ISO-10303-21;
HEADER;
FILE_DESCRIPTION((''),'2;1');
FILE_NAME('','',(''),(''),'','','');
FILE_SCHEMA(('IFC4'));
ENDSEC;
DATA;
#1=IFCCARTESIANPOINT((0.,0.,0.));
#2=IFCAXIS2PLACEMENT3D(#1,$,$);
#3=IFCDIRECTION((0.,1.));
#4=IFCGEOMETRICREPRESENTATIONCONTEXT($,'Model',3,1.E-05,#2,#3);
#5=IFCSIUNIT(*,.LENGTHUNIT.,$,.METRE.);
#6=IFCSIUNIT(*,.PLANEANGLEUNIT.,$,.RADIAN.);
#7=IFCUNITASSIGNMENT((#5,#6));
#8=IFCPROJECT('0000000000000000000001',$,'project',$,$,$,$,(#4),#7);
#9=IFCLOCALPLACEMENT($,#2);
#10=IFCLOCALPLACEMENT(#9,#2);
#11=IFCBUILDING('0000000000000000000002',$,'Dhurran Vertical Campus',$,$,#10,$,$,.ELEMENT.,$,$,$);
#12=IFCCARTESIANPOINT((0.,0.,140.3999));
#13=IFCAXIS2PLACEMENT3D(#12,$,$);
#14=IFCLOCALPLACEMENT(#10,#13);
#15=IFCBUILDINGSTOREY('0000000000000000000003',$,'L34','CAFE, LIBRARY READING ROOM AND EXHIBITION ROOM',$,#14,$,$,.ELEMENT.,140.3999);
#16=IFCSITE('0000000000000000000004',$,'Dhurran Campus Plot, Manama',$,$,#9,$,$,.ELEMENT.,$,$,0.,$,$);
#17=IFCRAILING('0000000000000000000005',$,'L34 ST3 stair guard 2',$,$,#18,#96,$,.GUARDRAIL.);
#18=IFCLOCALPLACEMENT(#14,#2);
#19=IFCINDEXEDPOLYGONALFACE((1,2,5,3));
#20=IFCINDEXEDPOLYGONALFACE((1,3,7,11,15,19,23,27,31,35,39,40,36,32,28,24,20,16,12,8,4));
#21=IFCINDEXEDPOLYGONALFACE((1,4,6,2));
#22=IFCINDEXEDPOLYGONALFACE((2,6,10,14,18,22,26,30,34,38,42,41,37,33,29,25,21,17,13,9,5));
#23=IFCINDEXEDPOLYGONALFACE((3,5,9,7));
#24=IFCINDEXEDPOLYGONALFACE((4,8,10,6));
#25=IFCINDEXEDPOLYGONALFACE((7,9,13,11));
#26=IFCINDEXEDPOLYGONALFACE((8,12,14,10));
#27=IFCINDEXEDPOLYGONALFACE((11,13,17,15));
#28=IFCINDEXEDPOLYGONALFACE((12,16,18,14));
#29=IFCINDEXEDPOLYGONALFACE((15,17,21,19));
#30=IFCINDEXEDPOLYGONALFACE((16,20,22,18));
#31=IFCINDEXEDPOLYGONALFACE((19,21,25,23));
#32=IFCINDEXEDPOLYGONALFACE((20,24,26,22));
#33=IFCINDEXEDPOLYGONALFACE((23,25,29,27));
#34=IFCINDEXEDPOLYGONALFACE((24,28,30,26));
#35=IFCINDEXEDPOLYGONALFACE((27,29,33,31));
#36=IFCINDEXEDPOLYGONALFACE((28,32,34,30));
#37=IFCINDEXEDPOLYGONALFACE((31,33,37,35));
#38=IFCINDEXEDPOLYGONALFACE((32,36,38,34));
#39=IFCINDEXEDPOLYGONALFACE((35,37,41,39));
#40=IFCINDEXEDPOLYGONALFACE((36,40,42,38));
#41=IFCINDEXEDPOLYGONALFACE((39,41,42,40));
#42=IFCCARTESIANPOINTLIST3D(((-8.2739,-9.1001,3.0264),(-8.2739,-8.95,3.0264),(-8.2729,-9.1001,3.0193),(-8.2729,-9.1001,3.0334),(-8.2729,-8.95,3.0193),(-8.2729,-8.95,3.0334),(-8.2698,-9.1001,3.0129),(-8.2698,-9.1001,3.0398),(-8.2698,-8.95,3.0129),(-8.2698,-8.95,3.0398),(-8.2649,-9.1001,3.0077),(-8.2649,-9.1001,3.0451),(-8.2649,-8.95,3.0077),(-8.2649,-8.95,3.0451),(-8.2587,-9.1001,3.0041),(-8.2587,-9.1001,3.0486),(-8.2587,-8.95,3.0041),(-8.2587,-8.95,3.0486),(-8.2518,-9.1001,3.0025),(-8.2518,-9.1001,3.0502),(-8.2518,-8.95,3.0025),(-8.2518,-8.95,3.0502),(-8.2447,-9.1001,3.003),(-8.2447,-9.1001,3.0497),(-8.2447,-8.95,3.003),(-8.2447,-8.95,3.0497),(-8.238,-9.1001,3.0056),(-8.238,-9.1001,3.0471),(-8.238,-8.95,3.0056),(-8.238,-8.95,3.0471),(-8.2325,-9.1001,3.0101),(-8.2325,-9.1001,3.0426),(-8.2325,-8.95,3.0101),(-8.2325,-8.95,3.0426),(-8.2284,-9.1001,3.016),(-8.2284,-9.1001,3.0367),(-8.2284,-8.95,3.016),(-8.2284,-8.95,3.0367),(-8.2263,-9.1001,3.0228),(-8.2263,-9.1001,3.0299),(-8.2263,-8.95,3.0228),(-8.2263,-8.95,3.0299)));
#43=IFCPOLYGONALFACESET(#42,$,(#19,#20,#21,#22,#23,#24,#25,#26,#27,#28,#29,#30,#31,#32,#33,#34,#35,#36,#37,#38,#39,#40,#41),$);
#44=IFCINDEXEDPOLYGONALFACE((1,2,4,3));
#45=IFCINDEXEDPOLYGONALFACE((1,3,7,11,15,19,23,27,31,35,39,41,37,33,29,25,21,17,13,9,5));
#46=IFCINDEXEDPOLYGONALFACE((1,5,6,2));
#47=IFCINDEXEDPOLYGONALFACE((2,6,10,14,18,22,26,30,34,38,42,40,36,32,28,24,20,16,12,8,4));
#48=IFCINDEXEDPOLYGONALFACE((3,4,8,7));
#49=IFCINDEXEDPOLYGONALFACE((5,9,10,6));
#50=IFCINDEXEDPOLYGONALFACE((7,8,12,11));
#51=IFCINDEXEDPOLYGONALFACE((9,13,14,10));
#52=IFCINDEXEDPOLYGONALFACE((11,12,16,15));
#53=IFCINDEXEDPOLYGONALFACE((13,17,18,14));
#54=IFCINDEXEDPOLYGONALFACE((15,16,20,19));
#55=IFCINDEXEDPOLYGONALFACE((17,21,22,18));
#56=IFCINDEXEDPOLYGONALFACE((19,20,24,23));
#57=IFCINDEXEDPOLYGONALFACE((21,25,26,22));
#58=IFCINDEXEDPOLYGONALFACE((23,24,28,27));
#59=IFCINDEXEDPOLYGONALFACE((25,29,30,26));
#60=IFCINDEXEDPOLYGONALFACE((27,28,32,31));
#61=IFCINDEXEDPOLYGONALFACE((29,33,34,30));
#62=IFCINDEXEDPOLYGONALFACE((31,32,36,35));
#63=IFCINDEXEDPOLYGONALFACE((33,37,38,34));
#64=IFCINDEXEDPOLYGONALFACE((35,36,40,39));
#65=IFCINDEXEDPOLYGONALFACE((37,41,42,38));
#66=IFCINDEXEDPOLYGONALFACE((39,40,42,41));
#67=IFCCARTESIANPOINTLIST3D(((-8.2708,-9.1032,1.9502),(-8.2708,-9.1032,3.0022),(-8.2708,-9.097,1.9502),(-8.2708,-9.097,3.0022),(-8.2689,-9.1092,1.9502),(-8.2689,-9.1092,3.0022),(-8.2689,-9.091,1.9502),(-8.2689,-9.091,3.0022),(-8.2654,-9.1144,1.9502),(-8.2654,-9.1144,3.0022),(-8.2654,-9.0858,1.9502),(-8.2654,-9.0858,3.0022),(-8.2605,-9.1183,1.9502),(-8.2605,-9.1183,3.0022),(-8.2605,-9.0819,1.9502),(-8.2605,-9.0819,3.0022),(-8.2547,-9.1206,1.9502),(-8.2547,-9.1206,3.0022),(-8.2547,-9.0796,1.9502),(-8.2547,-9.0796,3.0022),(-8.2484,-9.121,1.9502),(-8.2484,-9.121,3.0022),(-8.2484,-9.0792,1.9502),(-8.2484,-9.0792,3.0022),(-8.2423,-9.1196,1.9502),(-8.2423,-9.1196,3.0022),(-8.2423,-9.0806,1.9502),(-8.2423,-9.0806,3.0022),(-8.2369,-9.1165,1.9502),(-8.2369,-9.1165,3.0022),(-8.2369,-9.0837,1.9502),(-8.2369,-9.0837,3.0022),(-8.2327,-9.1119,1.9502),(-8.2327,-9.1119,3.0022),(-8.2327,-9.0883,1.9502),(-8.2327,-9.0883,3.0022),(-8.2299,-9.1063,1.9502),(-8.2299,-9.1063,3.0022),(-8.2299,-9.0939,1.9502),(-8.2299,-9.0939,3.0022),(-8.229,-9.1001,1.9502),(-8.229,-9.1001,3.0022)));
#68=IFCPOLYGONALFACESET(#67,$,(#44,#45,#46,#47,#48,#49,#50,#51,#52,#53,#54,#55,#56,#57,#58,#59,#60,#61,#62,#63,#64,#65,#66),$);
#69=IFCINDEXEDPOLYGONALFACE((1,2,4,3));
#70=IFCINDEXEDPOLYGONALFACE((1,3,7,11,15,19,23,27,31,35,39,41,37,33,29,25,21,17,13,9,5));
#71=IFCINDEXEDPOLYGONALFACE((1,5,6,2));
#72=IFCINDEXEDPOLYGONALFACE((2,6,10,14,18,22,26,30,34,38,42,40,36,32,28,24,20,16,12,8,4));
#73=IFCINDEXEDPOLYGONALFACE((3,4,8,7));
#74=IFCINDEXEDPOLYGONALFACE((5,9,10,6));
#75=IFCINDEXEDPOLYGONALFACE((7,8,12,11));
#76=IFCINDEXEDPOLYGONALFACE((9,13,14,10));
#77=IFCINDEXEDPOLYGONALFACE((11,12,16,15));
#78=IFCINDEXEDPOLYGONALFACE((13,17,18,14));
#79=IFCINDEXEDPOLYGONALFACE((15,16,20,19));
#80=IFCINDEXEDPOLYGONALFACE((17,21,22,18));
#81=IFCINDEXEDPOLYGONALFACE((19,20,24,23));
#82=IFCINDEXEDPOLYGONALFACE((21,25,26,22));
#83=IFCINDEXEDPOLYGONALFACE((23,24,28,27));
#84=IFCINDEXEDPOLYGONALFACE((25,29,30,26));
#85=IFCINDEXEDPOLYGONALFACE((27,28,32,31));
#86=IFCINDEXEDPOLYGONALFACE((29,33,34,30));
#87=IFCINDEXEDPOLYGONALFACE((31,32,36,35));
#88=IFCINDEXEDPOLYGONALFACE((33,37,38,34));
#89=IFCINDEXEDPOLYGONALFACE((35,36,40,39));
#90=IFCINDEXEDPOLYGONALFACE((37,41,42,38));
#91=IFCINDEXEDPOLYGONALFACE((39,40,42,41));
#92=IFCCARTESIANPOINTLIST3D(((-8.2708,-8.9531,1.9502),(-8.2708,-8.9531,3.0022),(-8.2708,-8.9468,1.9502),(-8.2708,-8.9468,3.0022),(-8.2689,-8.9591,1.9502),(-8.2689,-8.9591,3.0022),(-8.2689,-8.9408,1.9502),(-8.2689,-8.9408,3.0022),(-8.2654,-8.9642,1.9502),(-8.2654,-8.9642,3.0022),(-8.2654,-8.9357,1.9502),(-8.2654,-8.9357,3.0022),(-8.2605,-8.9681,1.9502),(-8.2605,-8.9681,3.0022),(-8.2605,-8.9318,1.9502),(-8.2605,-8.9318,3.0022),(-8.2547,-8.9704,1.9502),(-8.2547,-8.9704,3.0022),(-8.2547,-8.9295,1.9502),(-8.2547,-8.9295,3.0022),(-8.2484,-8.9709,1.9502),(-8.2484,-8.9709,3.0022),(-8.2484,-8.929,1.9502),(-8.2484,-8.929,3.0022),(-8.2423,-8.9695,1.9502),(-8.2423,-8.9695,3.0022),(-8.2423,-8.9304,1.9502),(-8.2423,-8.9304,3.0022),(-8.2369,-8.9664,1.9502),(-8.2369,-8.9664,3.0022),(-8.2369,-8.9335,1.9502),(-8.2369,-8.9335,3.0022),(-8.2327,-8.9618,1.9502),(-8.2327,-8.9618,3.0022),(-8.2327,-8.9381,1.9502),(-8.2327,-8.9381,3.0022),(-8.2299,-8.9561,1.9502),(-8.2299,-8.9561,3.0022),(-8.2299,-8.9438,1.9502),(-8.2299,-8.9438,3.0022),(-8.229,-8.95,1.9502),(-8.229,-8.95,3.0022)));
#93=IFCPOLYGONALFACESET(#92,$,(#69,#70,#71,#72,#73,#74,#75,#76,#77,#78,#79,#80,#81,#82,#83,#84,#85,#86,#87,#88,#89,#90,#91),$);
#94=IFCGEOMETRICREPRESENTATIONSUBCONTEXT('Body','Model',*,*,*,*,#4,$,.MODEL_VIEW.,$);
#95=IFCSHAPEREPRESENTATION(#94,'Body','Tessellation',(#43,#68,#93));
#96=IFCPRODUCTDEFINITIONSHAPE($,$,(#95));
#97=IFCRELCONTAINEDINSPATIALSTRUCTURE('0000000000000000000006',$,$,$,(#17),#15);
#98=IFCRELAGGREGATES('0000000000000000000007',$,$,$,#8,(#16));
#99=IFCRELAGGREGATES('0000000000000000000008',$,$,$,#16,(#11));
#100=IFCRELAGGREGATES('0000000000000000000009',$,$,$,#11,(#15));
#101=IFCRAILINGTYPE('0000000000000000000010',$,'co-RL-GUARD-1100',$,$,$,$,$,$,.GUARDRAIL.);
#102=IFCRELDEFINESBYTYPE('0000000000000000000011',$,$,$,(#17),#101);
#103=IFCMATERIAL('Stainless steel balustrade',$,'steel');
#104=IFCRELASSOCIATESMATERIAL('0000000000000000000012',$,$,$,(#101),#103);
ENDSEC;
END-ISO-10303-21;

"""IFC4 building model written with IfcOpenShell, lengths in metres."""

from ifc_helpers import new_model, si_unit, direction, frame, origin, origin_2d, place, context, subcontext, project, spatial, circle, extrude, material, type_object, element, save


model = new_model("IFC4")

# Units and contexts
model_context = context("Model", 3, precision=1e-05, world=origin(), true_north=direction((0.0, 1.0)))
body_context = subcontext(model_context, "Body", "Model", "MODEL_VIEW")
ifc_project = project(units=[si_unit("LENGTHUNIT", "METRE"), si_unit("PLANEANGLEUNIT", "RADIAN")], contexts=[model_context])

# Site, building, storey
site_placement = place(None, origin())
site = spatial("IfcSite", under=ifc_project, at=site_placement, Name="Dhurran Campus Plot, Manama", CompositionType="ELEMENT", RefElevation=0.0)
building_placement = place(site_placement, origin())
building = spatial("IfcBuilding", under=site, at=building_placement, Name="Dhurran Vertical Campus", CompositionType="ELEMENT")
storey_placement = place(building_placement, frame((0.0, 0.0, 140.3999)))
storey = spatial("IfcBuildingStorey", under=building, at=storey_placement, Name="L34", Description="CAFE, LIBRARY READING ROOM AND EXHIBITION ROOM", CompositionType="ELEMENT", Elevation=140.3999)

# Railing
ifc_material_1 = material(Name="Stainless steel balustrade", Category="steel")
railing_type_1 = type_object("IfcRailingType", Name="co-RL-GUARD-1100", PredefinedType="GUARDRAIL", material=ifc_material_1)
railing_1_placement = place(storey_placement, frame((-8.25, -9.1001, 1.9502)))
element("IfcRailing", 1, at=railing_1_placement, inside=storey, type_object=railing_type_1, Name="L34 ST3 stair guard 2", PredefinedType="GUARDRAIL", context=body_context, shape_type="SweptSolid", body=[
    extrude(circle(Radius=0.0239, at=origin_2d()), frame((0.0, 0.0, 1.0762), z_axis=(0.0, 1.0, 0.0), x_axis=(-1.0, 0.0, 0.0)), (0.0, 0.0, 1.0), 0.1501),
    extrude(circle(Radius=0.021, at=origin_2d()), origin(), (0.0, 0.0, 1.0), 1.052),
    extrude(circle(Radius=0.021, at=origin_2d()), frame((0.0, 0.1501, 0.0)), (0.0, 0.0, 1.0), 1.052),
])

save(model, "model.ifc")
